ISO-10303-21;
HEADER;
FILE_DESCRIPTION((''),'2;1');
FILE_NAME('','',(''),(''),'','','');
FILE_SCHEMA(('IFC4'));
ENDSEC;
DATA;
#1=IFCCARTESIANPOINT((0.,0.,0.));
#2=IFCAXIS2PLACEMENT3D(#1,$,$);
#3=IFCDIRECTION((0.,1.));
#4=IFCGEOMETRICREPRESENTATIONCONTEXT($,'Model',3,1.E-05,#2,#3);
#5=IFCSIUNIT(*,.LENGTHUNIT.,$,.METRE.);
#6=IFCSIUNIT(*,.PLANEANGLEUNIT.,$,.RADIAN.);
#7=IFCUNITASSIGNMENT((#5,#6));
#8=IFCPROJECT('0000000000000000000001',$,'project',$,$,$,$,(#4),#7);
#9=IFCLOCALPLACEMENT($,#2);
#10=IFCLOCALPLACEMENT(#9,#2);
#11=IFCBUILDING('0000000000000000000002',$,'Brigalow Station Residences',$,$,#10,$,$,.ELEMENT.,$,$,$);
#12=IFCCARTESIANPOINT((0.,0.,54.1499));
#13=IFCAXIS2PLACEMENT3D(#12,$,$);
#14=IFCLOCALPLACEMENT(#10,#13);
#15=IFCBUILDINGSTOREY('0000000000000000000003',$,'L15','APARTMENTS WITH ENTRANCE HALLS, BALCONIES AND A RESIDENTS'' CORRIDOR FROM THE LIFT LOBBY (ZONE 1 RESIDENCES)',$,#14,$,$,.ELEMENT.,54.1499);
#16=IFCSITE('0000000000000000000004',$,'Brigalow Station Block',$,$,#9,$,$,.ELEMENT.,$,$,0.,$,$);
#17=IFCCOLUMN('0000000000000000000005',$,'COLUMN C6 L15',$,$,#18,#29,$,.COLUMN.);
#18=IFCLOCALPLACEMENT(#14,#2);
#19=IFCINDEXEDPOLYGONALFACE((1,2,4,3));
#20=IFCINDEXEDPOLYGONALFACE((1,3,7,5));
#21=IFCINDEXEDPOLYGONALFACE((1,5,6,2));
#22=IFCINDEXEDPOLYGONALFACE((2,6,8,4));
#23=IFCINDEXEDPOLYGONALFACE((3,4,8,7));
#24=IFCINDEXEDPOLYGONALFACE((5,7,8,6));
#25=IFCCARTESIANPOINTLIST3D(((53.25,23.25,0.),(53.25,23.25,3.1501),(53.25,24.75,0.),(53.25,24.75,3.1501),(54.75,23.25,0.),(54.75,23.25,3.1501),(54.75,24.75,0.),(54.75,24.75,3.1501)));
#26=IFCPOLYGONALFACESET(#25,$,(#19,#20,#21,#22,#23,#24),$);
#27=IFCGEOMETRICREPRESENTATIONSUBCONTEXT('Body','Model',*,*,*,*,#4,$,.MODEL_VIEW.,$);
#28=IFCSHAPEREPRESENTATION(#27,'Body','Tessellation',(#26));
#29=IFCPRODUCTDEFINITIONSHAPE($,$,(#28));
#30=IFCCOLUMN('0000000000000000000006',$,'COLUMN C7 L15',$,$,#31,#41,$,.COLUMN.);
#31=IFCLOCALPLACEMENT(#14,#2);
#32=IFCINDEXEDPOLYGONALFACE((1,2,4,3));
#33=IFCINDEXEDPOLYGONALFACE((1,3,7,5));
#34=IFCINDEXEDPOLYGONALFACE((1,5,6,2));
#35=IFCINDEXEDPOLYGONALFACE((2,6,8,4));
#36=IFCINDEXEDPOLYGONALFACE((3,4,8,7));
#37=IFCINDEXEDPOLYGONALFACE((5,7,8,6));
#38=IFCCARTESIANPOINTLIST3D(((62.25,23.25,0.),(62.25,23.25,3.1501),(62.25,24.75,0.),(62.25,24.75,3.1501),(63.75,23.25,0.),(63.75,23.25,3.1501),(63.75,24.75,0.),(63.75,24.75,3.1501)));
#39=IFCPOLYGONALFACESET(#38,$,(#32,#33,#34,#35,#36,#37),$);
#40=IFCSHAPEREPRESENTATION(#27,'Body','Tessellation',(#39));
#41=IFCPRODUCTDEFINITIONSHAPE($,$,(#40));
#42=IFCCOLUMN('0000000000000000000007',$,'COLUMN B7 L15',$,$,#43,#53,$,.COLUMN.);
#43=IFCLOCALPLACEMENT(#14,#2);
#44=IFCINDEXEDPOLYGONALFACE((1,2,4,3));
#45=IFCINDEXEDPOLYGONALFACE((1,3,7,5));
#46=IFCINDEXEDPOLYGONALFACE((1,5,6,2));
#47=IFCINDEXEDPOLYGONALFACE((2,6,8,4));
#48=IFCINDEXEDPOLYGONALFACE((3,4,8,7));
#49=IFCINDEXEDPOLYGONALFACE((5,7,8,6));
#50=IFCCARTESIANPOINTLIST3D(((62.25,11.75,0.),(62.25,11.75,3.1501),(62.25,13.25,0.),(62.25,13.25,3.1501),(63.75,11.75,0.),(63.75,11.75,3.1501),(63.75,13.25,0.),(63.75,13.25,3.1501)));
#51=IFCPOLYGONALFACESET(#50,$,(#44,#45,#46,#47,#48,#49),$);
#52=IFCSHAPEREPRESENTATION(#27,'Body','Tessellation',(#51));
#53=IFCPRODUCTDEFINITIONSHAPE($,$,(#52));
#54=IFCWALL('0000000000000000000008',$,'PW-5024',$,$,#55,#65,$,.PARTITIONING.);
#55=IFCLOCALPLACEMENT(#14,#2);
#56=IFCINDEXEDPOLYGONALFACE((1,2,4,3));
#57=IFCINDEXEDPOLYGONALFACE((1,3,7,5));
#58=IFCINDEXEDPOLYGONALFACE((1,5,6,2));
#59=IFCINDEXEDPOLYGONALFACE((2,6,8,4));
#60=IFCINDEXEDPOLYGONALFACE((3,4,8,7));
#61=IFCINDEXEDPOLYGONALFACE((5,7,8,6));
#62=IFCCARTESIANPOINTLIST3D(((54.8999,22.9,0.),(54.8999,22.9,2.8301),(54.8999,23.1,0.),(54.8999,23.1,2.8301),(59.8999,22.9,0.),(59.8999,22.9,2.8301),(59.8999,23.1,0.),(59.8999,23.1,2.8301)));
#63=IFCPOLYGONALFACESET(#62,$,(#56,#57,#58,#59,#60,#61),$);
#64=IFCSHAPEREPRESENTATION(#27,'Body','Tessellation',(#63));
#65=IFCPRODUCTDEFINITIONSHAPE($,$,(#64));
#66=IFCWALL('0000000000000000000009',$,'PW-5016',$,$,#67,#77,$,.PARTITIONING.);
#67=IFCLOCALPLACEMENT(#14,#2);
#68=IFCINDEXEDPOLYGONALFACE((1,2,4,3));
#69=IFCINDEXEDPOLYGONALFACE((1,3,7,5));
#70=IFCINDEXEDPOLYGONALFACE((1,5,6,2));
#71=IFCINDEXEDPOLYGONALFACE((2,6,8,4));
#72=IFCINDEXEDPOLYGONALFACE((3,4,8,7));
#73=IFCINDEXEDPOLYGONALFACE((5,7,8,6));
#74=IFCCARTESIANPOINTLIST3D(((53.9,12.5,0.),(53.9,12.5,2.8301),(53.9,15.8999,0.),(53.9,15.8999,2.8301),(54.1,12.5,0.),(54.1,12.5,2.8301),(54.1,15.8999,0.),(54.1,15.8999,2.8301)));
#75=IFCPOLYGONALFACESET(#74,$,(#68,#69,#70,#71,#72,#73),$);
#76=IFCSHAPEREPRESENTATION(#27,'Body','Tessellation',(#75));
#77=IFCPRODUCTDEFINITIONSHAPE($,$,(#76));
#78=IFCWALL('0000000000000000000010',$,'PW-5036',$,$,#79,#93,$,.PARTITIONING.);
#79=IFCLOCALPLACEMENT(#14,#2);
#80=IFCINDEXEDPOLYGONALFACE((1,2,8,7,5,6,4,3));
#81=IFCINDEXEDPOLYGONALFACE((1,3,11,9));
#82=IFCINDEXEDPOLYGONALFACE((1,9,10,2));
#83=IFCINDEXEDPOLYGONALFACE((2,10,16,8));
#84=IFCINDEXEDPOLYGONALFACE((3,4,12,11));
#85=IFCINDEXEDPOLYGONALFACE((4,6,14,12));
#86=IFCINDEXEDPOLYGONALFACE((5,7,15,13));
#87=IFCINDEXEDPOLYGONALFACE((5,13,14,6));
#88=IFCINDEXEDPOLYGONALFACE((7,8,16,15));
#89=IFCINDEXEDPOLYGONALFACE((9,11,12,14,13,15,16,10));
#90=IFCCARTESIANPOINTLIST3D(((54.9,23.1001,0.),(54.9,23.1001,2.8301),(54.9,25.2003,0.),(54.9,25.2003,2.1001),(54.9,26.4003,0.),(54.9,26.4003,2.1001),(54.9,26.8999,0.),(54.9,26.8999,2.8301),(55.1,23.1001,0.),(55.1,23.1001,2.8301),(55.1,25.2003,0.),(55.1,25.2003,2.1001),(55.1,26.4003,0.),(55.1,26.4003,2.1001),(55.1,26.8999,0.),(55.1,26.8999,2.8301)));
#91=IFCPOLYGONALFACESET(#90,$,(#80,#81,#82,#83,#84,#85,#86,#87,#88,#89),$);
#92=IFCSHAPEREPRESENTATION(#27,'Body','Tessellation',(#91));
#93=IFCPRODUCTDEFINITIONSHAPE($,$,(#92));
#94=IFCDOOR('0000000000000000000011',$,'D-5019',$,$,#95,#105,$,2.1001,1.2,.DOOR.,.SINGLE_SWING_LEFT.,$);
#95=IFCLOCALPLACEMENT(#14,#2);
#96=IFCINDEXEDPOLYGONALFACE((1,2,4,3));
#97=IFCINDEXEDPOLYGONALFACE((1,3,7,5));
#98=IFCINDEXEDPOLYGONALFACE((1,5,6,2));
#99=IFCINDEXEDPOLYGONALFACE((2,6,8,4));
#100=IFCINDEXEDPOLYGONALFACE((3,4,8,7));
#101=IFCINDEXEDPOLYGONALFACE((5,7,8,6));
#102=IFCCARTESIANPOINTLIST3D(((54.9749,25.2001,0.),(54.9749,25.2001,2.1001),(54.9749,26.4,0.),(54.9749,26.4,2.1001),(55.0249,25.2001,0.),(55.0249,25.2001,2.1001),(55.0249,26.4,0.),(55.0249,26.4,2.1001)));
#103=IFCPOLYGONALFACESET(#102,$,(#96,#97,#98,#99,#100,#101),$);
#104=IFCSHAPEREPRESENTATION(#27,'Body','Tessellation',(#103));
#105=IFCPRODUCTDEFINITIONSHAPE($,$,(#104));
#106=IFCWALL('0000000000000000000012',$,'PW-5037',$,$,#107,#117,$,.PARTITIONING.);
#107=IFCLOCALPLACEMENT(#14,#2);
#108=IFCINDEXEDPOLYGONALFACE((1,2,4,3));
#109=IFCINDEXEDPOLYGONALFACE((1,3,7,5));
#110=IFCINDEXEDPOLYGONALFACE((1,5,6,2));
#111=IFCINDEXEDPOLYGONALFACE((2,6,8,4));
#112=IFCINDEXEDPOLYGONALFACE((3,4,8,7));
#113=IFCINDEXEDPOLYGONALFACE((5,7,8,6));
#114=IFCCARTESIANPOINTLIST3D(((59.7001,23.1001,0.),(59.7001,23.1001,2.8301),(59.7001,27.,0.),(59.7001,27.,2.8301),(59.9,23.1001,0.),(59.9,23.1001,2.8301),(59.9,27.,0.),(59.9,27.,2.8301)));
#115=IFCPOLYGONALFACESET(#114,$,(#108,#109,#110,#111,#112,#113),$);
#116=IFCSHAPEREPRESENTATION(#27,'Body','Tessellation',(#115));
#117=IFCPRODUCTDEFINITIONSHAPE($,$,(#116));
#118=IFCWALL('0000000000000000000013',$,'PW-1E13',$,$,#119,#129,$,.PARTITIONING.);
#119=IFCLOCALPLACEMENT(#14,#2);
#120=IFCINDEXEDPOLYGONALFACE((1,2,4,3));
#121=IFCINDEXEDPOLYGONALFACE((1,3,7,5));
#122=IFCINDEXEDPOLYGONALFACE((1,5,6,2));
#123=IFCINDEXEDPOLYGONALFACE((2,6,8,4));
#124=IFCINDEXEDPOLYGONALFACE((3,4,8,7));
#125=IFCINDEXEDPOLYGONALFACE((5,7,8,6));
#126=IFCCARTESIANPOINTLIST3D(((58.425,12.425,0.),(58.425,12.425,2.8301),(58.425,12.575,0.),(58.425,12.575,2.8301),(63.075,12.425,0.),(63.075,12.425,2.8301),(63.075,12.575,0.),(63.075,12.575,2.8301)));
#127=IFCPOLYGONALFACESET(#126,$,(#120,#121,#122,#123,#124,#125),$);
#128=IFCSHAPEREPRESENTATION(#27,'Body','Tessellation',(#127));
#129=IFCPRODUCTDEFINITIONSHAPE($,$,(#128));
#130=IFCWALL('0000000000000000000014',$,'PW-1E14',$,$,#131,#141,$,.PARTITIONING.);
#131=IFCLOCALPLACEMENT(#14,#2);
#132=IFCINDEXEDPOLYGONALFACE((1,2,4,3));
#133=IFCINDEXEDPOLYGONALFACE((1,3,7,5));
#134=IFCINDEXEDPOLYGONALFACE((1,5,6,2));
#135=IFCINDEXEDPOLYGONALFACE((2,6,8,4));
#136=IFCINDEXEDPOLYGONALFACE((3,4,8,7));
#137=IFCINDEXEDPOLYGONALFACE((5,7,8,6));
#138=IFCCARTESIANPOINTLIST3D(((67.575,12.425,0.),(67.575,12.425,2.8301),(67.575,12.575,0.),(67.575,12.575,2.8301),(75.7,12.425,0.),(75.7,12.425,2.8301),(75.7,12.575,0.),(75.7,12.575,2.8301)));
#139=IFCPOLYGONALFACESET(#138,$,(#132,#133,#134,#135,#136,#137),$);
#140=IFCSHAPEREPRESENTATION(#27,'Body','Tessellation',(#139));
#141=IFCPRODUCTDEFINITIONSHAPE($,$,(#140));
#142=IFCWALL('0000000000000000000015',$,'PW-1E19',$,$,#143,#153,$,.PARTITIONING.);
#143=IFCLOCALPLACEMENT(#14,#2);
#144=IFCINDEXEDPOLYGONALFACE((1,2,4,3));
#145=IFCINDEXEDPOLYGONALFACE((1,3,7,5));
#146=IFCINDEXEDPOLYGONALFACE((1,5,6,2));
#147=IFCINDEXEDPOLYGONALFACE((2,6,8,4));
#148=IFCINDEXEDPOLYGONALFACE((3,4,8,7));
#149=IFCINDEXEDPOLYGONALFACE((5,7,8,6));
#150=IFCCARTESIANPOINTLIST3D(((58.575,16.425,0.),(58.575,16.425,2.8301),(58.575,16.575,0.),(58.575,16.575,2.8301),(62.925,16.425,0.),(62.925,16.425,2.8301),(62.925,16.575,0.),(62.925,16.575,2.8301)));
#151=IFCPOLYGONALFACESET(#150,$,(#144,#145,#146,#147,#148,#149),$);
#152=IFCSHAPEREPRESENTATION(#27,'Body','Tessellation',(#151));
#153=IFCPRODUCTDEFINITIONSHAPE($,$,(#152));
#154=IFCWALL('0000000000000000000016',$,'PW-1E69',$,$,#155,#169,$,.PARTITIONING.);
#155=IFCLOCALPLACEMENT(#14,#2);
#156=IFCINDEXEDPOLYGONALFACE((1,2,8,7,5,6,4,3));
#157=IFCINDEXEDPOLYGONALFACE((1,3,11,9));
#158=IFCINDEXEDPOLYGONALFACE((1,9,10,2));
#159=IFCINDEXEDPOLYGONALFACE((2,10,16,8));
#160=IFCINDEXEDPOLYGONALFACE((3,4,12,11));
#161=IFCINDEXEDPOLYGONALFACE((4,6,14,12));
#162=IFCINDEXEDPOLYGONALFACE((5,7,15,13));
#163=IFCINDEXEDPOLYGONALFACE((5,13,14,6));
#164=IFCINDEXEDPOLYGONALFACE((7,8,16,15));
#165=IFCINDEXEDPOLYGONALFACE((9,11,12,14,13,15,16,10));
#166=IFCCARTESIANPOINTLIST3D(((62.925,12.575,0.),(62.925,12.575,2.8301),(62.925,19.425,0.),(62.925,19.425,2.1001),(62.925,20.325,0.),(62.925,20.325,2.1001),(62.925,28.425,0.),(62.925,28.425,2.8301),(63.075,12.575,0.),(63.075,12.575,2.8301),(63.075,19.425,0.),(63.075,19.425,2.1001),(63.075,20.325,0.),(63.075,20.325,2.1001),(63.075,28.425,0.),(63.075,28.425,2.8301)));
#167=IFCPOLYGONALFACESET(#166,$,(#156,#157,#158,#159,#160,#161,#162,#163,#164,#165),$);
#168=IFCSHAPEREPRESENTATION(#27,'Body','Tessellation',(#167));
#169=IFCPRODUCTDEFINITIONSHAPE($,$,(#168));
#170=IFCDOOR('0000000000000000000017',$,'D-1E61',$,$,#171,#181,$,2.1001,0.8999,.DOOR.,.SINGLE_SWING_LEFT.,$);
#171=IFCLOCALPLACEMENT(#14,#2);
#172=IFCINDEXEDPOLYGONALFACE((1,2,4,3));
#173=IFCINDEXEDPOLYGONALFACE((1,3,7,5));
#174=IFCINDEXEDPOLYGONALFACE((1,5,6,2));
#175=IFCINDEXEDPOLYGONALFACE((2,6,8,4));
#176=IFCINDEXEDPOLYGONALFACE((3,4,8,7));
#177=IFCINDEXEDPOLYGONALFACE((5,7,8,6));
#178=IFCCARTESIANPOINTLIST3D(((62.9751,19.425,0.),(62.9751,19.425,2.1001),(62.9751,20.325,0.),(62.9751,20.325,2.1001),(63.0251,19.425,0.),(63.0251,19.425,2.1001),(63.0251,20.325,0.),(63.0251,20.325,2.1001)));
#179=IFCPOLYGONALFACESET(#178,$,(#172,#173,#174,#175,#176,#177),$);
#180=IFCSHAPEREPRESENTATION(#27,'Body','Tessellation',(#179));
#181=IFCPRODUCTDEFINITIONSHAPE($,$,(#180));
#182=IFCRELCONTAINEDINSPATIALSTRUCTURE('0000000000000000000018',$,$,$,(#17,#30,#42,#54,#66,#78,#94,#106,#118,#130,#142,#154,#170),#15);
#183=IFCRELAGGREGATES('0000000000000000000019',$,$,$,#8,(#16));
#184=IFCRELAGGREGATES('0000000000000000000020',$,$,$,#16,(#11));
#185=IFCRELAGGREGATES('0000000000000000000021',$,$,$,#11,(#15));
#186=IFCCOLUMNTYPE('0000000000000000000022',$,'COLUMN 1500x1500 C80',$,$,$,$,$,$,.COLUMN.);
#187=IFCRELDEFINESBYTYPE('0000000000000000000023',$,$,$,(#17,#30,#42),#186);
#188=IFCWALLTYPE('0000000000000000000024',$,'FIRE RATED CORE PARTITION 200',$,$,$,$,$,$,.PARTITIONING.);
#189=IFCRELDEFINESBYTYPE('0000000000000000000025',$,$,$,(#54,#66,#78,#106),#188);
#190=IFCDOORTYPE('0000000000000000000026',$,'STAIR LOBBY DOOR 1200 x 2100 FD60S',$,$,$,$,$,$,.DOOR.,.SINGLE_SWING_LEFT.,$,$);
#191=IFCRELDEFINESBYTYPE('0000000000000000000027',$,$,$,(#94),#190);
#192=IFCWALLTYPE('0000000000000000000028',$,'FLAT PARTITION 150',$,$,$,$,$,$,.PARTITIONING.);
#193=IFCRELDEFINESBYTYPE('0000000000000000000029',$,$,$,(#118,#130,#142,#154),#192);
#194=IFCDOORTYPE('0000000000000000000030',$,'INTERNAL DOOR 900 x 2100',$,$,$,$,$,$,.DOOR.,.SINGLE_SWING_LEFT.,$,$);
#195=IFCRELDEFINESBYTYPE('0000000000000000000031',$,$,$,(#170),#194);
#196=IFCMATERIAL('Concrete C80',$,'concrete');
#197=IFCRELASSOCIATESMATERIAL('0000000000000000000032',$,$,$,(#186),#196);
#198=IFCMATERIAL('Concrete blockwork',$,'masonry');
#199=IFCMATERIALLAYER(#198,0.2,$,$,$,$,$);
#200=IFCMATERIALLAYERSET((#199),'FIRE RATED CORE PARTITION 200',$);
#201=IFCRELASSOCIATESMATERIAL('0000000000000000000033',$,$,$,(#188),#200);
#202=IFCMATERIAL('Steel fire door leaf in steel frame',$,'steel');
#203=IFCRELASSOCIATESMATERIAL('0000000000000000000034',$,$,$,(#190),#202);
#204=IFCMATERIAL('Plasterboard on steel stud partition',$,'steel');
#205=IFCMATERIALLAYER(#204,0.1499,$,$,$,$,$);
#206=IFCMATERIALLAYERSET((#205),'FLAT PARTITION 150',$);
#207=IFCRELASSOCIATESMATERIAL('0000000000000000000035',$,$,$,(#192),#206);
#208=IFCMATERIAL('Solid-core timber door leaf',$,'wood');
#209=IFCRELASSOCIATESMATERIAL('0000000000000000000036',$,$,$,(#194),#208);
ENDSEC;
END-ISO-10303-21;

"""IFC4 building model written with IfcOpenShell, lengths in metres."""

from ifc_helpers import new_model, si_unit, direction, frame, frame_2d, origin, origin_2d, place, context, subcontext, project, spatial, rectangle, extrude, material, layer, layer_set, material_profile, profile_set, type_object, element, fill, save


model = new_model("IFC4")

# Units and contexts
model_context = context("Model", 3, precision=1e-05, world=origin(), true_north=direction((0.0, 1.0)))
body_context = subcontext(model_context, "Body", "Model", "MODEL_VIEW")
ifc_project = project(units=[si_unit("LENGTHUNIT", "METRE"), si_unit("PLANEANGLEUNIT", "RADIAN")], contexts=[model_context])

# Site, building, storey
site_placement = place(None, origin())
site = spatial("IfcSite", under=ifc_project, at=site_placement, Name="Brigalow Station Block", CompositionType="ELEMENT", RefElevation=0.0)
building_placement = place(site_placement, origin())
building = spatial("IfcBuilding", under=site, at=building_placement, Name="Brigalow Station Residences", CompositionType="ELEMENT")
storey_placement = place(building_placement, frame((0.0, 0.0, 54.1499)))
storey = spatial("IfcBuildingStorey", under=building, at=storey_placement, Name="L15", Description="APARTMENTS WITH ENTRANCE HALLS, BALCONIES AND A RESIDENTS' CORRIDOR FROM THE LIFT LOBBY (ZONE 1 RESIDENCES)", CompositionType="ELEMENT", Elevation=54.1499)

# Columns
ifc_material_1 = material(Name="Concrete C80", Category="concrete")
ifc_material_profile = material_profile(ifc_material_1, rectangle(XDim=1.5, YDim=1.5, at=origin_2d()), Name="RC1500x1500")
ifc_profile_set = profile_set([ifc_material_profile], Name="Concrete C80")
column_type = type_object("IfcColumnType", Name="COLUMN 1500x1500 C80", PredefinedType="COLUMN", material=ifc_profile_set)
for number, where, z_axis, x_axis, name in (
    (1, (54.0, 24.0, 0.0), (0.0, 0.0, 1.0), (1.0, 0.0, 0.0), "COLUMN C6 L15"),
    (2, (63.0, 24.0, 0.0), (0.0, 0.0, 1.0), (1.0, 0.0, 0.0), "COLUMN C7 L15"),
    (3, (63.0, 12.5, 0.0), (0.0, 0.0, 1.0), (1.0, 0.0, 0.0), "COLUMN B7 L15"),
):
    element("IfcColumn", number, at=place(storey_placement, frame(where, z_axis=z_axis, x_axis=x_axis)), inside=storey, type_object=column_type, Name=name, PredefinedType="COLUMN", context=body_context, shape_type="SweptSolid", body=[
        extrude(rectangle(XDim=1.5, YDim=1.5, at=origin_2d()), origin(), (0.0, 0.0, 1.0), 3.1501),
    ])

# Walls
ifc_material_2 = material(Name="Concrete blockwork", Category="masonry")
ifc_layer_1 = layer(ifc_material_2, 0.2)
ifc_layer_set_1 = layer_set([ifc_layer_1], Name="FIRE RATED CORE PARTITION 200")
wall_type_1 = type_object("IfcWallType", Name="FIRE RATED CORE PARTITION 200", PredefinedType="PARTITIONING", material=ifc_layer_set_1)
wall_1_placement = place(storey_placement, frame((54.8999, 23.0, 0.0), z_axis=(0.0, 0.0, 1.0), x_axis=(1.0, 0.0, 0.0)))
element("IfcWall", 4, at=wall_1_placement, inside=storey, type_object=wall_type_1, Name="PW-5024", PredefinedType="PARTITIONING", context=body_context, shape_type="SweptSolid", body=[
    extrude(rectangle(XDim=5.0, YDim=0.2, at=frame_2d((2.5, 0.0))), origin(), (0.0, 0.0, 1.0), 2.8301),
])
wall_2_placement = place(storey_placement, frame((54.0, 12.5, 0.0), z_axis=(0.0, 0.0, 1.0), x_axis=(0.0, 1.0, 0.0)))
element("IfcWall", 5, at=wall_2_placement, inside=storey, type_object=wall_type_1, Name="PW-5016", PredefinedType="PARTITIONING", context=body_context, shape_type="SweptSolid", body=[
    extrude(rectangle(XDim=3.3999, YDim=0.2, at=frame_2d((1.7, 0.0))), origin(), (0.0, 0.0, 1.0), 2.8301),
])

# Wall, opening, door
wall_3_placement = place(storey_placement, frame((55.0, 23.1001, 0.0), z_axis=(0.0, 0.0, 1.0), x_axis=(0.0, 1.0, 0.0)))
wall_3 = element("IfcWall", 6, at=wall_3_placement, inside=storey, type_object=wall_type_1, Name="PW-5036", PredefinedType="PARTITIONING", context=body_context, shape_type="SweptSolid", body=[
    extrude(rectangle(XDim=3.7998, YDim=0.2, at=frame_2d((1.8999, 0.0))), origin(), (0.0, 0.0, 1.0), 2.8301),
])
opening_1_placement = place(wall_3_placement, frame((2.1001, 0.0, 0.0)))
opening_1 = element("IfcOpeningElement", 7, at=opening_1_placement, cuts=wall_3, PredefinedType="OPENING", context=body_context, shape_type="SweptSolid", body=[
    extrude(rectangle(XDim=1.2, YDim=2.1001, at=frame_2d((0.6001, 1.05))), frame((0.0, 0.1099, 0.0), z_axis=(0.0, -1.0, 0.0), x_axis=(1.0, 0.0, 0.0)), (0.0, 0.0, 1.0), 0.22),
])
ifc_material_3 = material(Name="Steel fire door leaf in steel frame", Category="steel")
door_type_1 = type_object("IfcDoorType", Name="STAIR LOBBY DOOR 1200 x 2100 FD60S", OperationType="SINGLE_SWING_LEFT", PredefinedType="DOOR", material=ifc_material_3)
door_1_placement = place(opening_1_placement, frame((1.2, 0.0, 0.0), z_axis=(0.0, 0.0, 1.0), x_axis=(-1.0, 0.0, 0.0)))
door_1 = element("IfcDoor", 8, at=door_1_placement, inside=storey, type_object=door_type_1, Name="D-5019", OperationType="SINGLE_SWING_LEFT", OverallHeight=2.1001, OverallWidth=1.2, PredefinedType="DOOR", context=body_context, shape_type="SweptSolid", body=[
    extrude(rectangle(XDim=1.2, YDim=2.1001, at=frame_2d((0.6001, 1.05))), frame((0.0, 0.0249, 0.0), z_axis=(0.0, -1.0, 0.0), x_axis=(1.0, 0.0, 0.0)), (0.0, 0.0, 1.0), 0.05),
])
fill(opening_1, door_1)

# Walls
wall_4_placement = place(storey_placement, frame((59.8, 23.1001, 0.0), z_axis=(0.0, 0.0, 1.0), x_axis=(0.0, 1.0, 0.0)))
element("IfcWall", 9, at=wall_4_placement, inside=storey, type_object=wall_type_1, Name="PW-5037", PredefinedType="PARTITIONING", context=body_context, shape_type="SweptSolid", body=[
    extrude(rectangle(XDim=3.8999, YDim=0.2, at=frame_2d((1.95, 0.0))), origin(), (0.0, 0.0, 1.0), 2.8301),
])
ifc_material_4 = material(Name="Plasterboard on steel stud partition", Category="steel")
ifc_layer_2 = layer(ifc_material_4, 0.1499)
ifc_layer_set_2 = layer_set([ifc_layer_2], Name="FLAT PARTITION 150")
wall_type_2 = type_object("IfcWallType", Name="FLAT PARTITION 150", PredefinedType="PARTITIONING", material=ifc_layer_set_2)
wall_5_placement = place(storey_placement, frame((58.425, 12.5, 0.0), z_axis=(0.0, 0.0, 1.0), x_axis=(1.0, 0.0, 0.0)))
element("IfcWall", 10, at=wall_5_placement, inside=storey, type_object=wall_type_2, Name="PW-1E13", PredefinedType="PARTITIONING", context=body_context, shape_type="SweptSolid", body=[
    extrude(rectangle(XDim=4.6499, YDim=0.1499, at=frame_2d((2.325, 0.0))), origin(), (0.0, 0.0, 1.0), 2.8301),
])
wall_6_placement = place(storey_placement, frame((67.575, 12.5, 0.0), z_axis=(0.0, 0.0, 1.0), x_axis=(1.0, 0.0, 0.0)))
element("IfcWall", 11, at=wall_6_placement, inside=storey, type_object=wall_type_2, Name="PW-1E14", PredefinedType="PARTITIONING", context=body_context, shape_type="SweptSolid", body=[
    extrude(rectangle(XDim=8.125, YDim=0.1499, at=frame_2d((4.0625, 0.0))), origin(), (0.0, 0.0, 1.0), 2.8301),
])
wall_7_placement = place(storey_placement, frame((58.575, 16.5, 0.0), z_axis=(0.0, 0.0, 1.0), x_axis=(1.0, 0.0, 0.0)))
element("IfcWall", 12, at=wall_7_placement, inside=storey, type_object=wall_type_2, Name="PW-1E19", PredefinedType="PARTITIONING", context=body_context, shape_type="SweptSolid", body=[
    extrude(rectangle(XDim=4.3501, YDim=0.1499, at=frame_2d((2.175, 0.0))), origin(), (0.0, 0.0, 1.0), 2.8301),
])

# Wall, opening, door
wall_8_placement = place(storey_placement, frame((63.0, 12.575, 0.0), z_axis=(0.0, 0.0, 1.0), x_axis=(0.0, 1.0, 0.0)))
wall_8 = element("IfcWall", 13, at=wall_8_placement, inside=storey, type_object=wall_type_2, Name="PW-1E69", PredefinedType="PARTITIONING", context=body_context, shape_type="SweptSolid", body=[
    extrude(rectangle(XDim=15.8501, YDim=0.1499, at=frame_2d((7.925, 0.0))), origin(), (0.0, 0.0, 1.0), 2.8301),
])
opening_2_placement = place(wall_8_placement, frame((6.8501, 0.0, 0.0)))
opening_2 = element("IfcOpeningElement", 14, at=opening_2_placement, cuts=wall_8, PredefinedType="OPENING", context=body_context, shape_type="SweptSolid", body=[
    extrude(rectangle(XDim=0.8999, YDim=2.1001, at=frame_2d((0.45, 1.05))), frame((0.0, 0.085, 0.0), z_axis=(0.0, -1.0, 0.0), x_axis=(1.0, 0.0, 0.0)), (0.0, 0.0, 1.0), 0.1699),
])
ifc_material_5 = material(Name="Solid-core timber door leaf", Category="wood")
door_type_2 = type_object("IfcDoorType", Name="INTERNAL DOOR 900 x 2100", OperationType="SINGLE_SWING_LEFT", PredefinedType="DOOR", material=ifc_material_5)
door_2_placement = place(opening_2_placement, origin())
door_2 = element("IfcDoor", 15, at=door_2_placement, inside=storey, type_object=door_type_2, Name="D-1E61", OperationType="SINGLE_SWING_LEFT", OverallHeight=2.1001, OverallWidth=0.8999, PredefinedType="DOOR", context=body_context, shape_type="SweptSolid", body=[
    extrude(rectangle(XDim=0.8999, YDim=2.1001, at=frame_2d((0.45, 1.05))), frame((0.0, 0.0249, 0.0), z_axis=(0.0, -1.0, 0.0), x_axis=(1.0, 0.0, 0.0)), (0.0, 0.0, 1.0), 0.05),
])
fill(opening_2, door_2)

save(model, "model.ifc")
